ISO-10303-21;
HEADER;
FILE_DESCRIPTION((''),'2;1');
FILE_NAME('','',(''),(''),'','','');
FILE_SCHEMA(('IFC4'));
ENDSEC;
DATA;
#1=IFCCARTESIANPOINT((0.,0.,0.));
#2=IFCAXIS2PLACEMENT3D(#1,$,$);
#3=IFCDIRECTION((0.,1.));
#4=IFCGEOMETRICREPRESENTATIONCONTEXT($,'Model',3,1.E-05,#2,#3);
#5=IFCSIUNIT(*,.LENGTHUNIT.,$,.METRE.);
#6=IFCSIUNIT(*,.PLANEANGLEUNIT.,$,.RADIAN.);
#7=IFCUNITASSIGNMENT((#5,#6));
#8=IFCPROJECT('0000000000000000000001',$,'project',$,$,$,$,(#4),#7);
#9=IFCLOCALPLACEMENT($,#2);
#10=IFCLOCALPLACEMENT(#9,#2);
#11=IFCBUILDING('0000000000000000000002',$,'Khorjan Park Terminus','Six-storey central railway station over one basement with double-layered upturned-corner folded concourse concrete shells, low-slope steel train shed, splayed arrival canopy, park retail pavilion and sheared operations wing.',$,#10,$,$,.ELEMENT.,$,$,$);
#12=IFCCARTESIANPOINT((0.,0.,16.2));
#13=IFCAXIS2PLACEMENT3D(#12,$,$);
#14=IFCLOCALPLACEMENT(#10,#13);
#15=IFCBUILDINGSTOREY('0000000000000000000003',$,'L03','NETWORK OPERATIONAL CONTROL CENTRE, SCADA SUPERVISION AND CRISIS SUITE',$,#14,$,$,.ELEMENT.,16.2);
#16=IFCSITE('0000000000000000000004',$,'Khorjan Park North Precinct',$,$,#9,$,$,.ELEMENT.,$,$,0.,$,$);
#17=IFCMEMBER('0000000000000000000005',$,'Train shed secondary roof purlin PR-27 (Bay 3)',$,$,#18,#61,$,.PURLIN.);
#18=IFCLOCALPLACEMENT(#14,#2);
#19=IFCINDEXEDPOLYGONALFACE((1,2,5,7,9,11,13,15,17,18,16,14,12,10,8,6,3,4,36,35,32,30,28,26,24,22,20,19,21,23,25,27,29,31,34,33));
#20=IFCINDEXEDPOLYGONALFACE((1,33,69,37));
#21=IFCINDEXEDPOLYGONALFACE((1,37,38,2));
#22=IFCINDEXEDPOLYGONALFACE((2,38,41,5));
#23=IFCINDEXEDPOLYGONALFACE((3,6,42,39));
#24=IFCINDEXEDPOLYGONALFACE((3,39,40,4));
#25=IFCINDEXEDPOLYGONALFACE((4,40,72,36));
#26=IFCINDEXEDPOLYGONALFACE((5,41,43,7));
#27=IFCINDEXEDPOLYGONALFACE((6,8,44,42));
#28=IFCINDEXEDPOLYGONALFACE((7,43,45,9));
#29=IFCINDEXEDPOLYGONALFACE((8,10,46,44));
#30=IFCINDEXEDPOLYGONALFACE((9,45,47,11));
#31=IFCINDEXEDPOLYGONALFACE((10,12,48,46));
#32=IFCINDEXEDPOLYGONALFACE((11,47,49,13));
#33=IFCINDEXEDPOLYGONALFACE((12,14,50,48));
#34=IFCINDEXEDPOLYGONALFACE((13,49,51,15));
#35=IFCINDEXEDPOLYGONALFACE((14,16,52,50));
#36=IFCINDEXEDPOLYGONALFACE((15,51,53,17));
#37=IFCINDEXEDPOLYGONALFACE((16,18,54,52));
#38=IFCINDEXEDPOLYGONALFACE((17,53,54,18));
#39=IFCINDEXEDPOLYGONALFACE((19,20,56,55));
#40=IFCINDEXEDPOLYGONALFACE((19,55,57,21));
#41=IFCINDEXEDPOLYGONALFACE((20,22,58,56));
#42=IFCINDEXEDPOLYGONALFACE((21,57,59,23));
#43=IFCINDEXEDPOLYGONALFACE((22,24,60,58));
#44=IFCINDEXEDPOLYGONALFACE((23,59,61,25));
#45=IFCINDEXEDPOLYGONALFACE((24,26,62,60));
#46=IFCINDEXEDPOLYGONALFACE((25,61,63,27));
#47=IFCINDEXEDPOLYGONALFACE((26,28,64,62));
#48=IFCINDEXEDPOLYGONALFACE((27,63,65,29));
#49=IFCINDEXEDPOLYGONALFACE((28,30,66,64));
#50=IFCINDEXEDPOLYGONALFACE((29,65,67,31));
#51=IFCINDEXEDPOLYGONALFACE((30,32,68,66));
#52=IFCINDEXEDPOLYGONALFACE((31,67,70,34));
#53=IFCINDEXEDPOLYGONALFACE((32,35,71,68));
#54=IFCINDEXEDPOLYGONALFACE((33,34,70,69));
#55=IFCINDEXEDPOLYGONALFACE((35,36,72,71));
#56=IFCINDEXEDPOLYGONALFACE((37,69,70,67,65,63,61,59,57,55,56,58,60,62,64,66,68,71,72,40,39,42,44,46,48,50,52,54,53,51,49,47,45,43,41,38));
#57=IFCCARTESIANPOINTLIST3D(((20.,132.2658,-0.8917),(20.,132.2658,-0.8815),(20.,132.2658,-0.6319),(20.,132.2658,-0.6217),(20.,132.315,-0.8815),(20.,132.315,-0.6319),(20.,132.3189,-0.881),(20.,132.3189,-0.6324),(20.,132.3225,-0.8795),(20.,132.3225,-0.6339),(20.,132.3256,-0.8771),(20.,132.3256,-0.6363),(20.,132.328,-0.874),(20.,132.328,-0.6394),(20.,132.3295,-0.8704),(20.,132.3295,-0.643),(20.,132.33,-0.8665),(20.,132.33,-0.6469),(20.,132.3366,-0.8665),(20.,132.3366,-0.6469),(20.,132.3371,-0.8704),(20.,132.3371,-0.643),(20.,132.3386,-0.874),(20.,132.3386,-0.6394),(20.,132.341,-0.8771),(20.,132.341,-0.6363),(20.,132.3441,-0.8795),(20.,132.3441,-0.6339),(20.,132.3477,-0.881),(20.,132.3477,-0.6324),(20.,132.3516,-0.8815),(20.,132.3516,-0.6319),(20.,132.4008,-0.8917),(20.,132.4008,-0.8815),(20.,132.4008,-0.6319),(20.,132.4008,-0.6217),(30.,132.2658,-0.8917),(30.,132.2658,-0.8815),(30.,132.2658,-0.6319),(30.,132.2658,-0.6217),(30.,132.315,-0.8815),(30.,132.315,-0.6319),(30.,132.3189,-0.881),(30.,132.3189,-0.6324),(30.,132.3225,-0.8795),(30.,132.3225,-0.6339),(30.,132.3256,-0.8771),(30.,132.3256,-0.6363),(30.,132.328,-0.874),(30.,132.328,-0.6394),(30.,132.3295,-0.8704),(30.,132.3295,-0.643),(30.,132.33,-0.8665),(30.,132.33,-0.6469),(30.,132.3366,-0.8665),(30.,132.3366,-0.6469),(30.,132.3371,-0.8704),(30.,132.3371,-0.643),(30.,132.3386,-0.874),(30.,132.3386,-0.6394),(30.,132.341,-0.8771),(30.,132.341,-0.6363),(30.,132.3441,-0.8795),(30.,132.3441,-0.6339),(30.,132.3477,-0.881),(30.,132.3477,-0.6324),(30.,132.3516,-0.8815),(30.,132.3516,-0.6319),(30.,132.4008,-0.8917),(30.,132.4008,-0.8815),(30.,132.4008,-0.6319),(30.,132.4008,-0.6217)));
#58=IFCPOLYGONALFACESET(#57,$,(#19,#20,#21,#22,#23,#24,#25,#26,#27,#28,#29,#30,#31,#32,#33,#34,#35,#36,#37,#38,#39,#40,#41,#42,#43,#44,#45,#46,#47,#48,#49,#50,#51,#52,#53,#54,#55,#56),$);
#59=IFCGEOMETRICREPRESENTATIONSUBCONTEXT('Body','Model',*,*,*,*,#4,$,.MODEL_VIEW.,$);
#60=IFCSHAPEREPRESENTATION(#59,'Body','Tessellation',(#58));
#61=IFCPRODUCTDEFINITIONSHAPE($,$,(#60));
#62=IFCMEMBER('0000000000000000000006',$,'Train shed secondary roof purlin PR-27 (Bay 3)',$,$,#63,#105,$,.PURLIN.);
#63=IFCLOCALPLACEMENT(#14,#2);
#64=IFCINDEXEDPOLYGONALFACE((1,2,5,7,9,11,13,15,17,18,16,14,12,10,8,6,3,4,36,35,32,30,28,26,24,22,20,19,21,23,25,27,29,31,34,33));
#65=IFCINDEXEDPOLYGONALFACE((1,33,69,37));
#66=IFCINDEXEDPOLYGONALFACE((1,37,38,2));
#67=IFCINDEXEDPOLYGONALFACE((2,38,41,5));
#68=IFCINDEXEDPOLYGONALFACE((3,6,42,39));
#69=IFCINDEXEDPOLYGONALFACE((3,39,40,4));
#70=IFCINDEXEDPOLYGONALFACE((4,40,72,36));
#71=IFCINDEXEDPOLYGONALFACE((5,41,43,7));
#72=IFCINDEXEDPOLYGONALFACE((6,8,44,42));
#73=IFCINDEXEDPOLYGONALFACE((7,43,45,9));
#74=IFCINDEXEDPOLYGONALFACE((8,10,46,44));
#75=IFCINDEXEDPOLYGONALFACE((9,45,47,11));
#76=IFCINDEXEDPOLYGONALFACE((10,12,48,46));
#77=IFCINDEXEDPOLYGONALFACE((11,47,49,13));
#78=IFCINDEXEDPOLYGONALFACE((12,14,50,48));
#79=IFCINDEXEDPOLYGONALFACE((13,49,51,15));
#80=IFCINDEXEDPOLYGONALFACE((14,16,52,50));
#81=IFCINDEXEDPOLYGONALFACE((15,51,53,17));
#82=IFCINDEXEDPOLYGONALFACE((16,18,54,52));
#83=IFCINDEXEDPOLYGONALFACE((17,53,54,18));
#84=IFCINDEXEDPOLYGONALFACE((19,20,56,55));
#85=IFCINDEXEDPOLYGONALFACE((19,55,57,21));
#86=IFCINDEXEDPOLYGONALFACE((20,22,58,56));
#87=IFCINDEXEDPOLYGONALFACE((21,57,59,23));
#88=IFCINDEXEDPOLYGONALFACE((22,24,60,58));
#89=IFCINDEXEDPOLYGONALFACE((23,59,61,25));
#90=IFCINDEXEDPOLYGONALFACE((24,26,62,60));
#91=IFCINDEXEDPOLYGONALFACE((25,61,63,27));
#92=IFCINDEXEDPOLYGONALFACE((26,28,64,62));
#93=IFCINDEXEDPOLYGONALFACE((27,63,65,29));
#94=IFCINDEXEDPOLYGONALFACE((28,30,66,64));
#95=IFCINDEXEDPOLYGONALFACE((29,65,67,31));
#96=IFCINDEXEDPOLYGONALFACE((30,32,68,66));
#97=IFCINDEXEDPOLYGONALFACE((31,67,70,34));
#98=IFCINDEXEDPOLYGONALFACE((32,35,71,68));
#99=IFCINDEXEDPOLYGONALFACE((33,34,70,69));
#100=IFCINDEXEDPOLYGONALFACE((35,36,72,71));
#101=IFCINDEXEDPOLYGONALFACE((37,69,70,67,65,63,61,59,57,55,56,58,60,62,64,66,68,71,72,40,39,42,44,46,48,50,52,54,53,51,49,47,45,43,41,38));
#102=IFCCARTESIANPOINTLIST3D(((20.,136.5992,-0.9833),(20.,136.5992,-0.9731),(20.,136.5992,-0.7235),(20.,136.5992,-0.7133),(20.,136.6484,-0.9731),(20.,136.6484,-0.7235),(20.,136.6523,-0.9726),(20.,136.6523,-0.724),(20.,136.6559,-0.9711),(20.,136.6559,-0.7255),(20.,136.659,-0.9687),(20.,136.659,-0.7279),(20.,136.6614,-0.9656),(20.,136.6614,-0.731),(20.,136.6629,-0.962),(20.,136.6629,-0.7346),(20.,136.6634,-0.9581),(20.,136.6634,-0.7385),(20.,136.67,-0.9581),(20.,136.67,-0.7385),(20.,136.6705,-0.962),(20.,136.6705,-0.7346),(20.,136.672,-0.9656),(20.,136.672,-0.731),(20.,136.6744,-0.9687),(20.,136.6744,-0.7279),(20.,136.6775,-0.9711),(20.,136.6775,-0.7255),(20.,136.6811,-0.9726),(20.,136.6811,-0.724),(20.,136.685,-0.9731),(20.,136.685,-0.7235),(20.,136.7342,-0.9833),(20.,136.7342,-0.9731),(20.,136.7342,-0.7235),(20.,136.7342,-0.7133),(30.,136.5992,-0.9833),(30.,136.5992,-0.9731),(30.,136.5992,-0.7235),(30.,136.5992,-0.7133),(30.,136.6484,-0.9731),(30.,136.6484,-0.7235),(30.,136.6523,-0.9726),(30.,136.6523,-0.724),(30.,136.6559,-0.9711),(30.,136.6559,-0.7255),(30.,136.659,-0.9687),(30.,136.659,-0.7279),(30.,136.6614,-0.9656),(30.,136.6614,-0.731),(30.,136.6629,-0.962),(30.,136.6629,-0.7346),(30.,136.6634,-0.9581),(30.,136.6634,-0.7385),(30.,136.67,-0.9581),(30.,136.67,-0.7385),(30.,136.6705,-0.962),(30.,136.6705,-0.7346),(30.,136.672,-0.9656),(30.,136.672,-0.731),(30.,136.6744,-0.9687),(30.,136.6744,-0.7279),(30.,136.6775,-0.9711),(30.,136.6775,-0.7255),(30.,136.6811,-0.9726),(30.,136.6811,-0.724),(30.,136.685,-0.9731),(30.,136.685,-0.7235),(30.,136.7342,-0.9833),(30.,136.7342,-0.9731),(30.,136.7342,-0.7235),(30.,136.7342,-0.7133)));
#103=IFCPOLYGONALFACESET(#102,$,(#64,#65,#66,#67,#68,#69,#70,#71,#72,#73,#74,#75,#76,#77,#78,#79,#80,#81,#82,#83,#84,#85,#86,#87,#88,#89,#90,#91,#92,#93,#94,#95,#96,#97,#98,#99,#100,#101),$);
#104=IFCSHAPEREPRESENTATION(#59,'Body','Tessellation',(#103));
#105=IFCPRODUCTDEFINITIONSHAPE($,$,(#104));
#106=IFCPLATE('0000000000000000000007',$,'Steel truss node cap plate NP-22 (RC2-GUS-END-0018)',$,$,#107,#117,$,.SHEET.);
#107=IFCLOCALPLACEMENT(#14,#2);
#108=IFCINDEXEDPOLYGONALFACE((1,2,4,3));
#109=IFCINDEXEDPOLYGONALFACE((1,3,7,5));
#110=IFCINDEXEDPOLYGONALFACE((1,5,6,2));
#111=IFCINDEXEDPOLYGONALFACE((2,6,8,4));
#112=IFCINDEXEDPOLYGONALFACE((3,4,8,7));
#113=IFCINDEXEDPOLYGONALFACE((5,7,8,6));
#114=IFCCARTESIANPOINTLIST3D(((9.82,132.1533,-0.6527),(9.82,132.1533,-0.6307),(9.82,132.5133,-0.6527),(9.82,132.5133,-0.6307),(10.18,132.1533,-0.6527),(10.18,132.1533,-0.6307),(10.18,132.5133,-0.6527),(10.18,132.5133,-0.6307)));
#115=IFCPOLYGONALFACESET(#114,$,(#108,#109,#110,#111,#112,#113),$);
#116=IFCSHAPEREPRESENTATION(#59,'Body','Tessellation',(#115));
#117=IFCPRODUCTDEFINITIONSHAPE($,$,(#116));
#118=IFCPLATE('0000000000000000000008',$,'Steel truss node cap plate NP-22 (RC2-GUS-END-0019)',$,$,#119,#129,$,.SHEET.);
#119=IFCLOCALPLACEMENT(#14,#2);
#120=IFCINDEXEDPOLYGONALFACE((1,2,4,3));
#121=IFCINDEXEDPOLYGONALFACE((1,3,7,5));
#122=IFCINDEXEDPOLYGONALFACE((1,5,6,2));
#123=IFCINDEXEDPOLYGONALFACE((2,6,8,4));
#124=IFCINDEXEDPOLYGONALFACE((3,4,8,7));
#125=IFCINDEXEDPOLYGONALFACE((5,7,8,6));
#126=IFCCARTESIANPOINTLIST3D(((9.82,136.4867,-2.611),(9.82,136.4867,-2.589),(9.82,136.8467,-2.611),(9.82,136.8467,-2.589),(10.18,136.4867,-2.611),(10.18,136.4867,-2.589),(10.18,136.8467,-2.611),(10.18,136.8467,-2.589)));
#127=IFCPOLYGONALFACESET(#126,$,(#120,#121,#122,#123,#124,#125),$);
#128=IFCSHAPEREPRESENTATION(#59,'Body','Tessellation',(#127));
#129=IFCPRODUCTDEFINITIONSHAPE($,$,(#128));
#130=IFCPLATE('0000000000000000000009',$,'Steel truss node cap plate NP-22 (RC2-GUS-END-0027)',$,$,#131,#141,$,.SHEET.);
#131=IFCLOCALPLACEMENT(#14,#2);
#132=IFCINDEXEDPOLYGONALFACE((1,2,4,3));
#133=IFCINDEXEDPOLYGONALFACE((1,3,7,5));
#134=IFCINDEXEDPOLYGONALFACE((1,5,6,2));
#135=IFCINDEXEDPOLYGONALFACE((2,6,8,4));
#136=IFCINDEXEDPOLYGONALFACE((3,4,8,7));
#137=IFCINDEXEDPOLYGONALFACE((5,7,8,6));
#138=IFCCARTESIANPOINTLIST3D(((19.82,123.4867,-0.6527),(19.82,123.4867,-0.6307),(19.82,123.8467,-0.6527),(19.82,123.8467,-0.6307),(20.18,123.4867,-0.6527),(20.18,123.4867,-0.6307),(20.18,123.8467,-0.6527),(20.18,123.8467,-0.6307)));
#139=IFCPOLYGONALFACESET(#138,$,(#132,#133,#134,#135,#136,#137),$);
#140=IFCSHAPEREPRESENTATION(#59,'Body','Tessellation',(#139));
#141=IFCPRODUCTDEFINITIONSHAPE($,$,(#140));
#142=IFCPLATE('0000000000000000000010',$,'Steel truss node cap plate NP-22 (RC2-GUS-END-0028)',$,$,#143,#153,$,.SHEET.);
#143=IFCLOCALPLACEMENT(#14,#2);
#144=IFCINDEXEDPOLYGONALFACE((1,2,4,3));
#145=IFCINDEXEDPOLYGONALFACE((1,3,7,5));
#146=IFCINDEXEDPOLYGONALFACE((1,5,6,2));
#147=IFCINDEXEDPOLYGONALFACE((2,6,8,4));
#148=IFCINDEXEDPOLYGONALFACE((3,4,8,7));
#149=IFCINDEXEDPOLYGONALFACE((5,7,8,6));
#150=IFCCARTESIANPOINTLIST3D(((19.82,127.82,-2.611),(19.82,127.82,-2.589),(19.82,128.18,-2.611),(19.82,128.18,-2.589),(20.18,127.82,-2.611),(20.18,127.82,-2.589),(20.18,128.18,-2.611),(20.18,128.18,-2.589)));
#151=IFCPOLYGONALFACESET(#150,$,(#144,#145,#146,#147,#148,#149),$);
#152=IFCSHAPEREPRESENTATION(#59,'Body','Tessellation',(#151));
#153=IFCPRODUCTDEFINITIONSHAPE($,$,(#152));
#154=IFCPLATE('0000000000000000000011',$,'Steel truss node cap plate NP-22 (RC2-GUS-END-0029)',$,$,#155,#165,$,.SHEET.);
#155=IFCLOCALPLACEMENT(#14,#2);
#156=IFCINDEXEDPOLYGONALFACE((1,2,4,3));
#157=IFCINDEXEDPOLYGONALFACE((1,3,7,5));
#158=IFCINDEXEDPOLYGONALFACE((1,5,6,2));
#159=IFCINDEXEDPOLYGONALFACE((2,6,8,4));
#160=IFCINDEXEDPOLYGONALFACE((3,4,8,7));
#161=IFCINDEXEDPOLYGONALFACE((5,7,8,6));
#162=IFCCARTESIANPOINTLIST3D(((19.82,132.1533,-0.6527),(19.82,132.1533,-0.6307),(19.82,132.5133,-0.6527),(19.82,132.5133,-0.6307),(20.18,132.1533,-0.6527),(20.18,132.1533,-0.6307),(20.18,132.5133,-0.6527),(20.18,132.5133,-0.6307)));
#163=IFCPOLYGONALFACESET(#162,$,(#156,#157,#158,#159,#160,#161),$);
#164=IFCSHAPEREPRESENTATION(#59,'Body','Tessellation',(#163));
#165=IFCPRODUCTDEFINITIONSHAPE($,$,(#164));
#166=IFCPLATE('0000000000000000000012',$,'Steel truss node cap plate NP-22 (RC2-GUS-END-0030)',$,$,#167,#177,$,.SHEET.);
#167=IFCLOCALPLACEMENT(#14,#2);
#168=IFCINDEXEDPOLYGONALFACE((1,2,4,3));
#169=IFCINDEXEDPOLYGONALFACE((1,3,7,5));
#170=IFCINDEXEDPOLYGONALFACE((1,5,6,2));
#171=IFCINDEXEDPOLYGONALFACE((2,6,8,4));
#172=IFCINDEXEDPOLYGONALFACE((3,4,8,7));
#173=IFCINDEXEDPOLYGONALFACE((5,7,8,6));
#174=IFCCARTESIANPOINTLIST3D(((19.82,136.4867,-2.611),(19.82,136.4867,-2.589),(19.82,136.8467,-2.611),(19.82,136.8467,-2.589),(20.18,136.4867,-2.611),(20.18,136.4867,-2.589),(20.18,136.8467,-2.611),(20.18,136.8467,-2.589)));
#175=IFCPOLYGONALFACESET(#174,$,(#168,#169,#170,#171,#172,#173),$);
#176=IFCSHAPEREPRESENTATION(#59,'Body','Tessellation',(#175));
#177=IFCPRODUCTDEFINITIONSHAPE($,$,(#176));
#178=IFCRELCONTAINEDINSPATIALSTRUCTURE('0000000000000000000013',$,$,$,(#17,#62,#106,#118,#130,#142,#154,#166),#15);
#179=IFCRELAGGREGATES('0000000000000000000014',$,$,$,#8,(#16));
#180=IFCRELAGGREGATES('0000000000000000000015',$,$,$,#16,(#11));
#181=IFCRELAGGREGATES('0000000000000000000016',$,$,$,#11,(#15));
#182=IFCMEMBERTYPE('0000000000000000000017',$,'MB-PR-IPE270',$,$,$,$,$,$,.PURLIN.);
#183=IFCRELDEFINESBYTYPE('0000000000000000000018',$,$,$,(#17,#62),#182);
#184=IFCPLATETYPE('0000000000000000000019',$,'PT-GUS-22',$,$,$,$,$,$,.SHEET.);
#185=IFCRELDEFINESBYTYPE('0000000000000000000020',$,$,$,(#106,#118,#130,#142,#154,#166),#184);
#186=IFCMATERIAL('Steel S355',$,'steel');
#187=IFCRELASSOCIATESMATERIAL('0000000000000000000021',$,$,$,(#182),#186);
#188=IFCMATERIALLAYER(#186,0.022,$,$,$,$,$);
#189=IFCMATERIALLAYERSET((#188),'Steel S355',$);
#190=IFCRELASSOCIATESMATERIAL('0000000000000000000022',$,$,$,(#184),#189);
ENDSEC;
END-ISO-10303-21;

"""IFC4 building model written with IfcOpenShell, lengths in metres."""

from ifc_helpers import new_model, si_unit, direction, frame, origin, origin_2d, place, context, subcontext, project, spatial, rectangle, i_section, extrude, material, layer, layer_set, material_profile, profile_set, type_object, element, save


model = new_model("IFC4")

# Units and contexts
model_context = context("Model", 3, precision=1e-05, world=origin(), true_north=direction((0.0, 1.0)))
body_context = subcontext(model_context, "Body", "Model", "MODEL_VIEW")
ifc_project = project(units=[si_unit("LENGTHUNIT", "METRE"), si_unit("PLANEANGLEUNIT", "RADIAN")], contexts=[model_context])

# Site, building, storey
site_placement = place(None, origin())
site = spatial("IfcSite", under=ifc_project, at=site_placement, Name="Khorjan Park North Precinct", CompositionType="ELEMENT", RefElevation=0.0)
building_placement = place(site_placement, origin())
building = spatial("IfcBuilding", under=site, at=building_placement, Name="Khorjan Park Terminus", Description="Six-storey central railway station over one basement with double-layered upturned-corner folded concourse concrete shells, low-slope steel train shed, splayed arrival canopy, park retail pavilion and sheared operations wing.", CompositionType="ELEMENT")
storey_placement = place(building_placement, frame((0.0, 0.0, 16.2)))
storey = spatial("IfcBuildingStorey", under=building, at=storey_placement, Name="L03", Description="NETWORK OPERATIONAL CONTROL CENTRE, SCADA SUPERVISION AND CRISIS SUITE", CompositionType="ELEMENT", Elevation=16.2)

# Members
ifc_material = material(Name="Steel S355", Category="steel")
ifc_material_profile_1 = material_profile(ifc_material, i_section(OverallWidth=0.135, OverallDepth=0.27, WebThickness=0.0066, FlangeThickness=0.0102, FilletRadius=0.015, at=origin_2d()), Name="IPE 270")
ifc_profile_set_1 = profile_set([ifc_material_profile_1], Name="Steel S355")
member_type_1 = type_object("IfcMemberType", Name="MB-PR-IPE270", PredefinedType="PURLIN", material=ifc_profile_set_1)
for number, where, z_axis, x_axis, name in (
    (1, (20.0, 132.3333, -0.7567), (1.0, 0.0, 0.0), (0.0, 1.0, 0.0), "Train shed secondary roof purlin PR-27 (Bay 3)"),
    (2, (20.0, 136.6667, -0.8483), (1.0, 0.0, 0.0), (0.0, 1.0, 0.0), "Train shed secondary roof purlin PR-27 (Bay 3)"),
):
    element("IfcMember", number, at=place(storey_placement, frame(where, z_axis=z_axis, x_axis=x_axis)), inside=storey, type_object=member_type_1, Name=name, PredefinedType="PURLIN", context=body_context, shape_type="SweptSolid", body=[
        extrude(i_section(OverallWidth=0.135, OverallDepth=0.27, WebThickness=0.0066, FlangeThickness=0.0102, FilletRadius=0.015, at=origin_2d()), origin(), (0.0, 0.0, 1.0), 10.0),
    ])

# Plates
ifc_layer = layer(ifc_material, 0.022)
ifc_layer_set = layer_set([ifc_layer], Name="Steel S355")
plate_type = type_object("IfcPlateType", Name="PT-GUS-22", PredefinedType="SHEET", material=ifc_layer_set)
for number, where, z_axis, x_axis, name in (
    (3, (10.0, 132.3333, -0.6527), (0.0, 0.0, 1.0), (1.0, 0.0, 0.0), "Steel truss node cap plate NP-22 (RC2-GUS-END-0018)"),
    (4, (10.0, 136.6667, -2.611), (0.0, 0.0, 1.0), (1.0, 0.0, 0.0), "Steel truss node cap plate NP-22 (RC2-GUS-END-0019)"),
    (5, (20.0, 123.6667, -0.6527), (0.0, 0.0, 1.0), (1.0, 0.0, 0.0), "Steel truss node cap plate NP-22 (RC2-GUS-END-0027)"),
    (6, (20.0, 128.0, -2.611), (0.0, 0.0, 1.0), (1.0, 0.0, 0.0), "Steel truss node cap plate NP-22 (RC2-GUS-END-0028)"),
    (7, (20.0, 132.3333, -0.6527), (0.0, 0.0, 1.0), (1.0, 0.0, 0.0), "Steel truss node cap plate NP-22 (RC2-GUS-END-0029)"),
    (8, (20.0, 136.6667, -2.611), (0.0, 0.0, 1.0), (1.0, 0.0, 0.0), "Steel truss node cap plate NP-22 (RC2-GUS-END-0030)"),
):
    element("IfcPlate", number, at=place(storey_placement, frame(where, z_axis=z_axis, x_axis=x_axis)), inside=storey, type_object=plate_type, Name=name, PredefinedType="SHEET", context=body_context, shape_type="SweptSolid", body=[
        extrude(rectangle(XDim=0.36, YDim=0.36, at=origin_2d()), origin(), (0.0, 0.0, 1.0), 0.022),
    ])

save(model, "model.ifc")
